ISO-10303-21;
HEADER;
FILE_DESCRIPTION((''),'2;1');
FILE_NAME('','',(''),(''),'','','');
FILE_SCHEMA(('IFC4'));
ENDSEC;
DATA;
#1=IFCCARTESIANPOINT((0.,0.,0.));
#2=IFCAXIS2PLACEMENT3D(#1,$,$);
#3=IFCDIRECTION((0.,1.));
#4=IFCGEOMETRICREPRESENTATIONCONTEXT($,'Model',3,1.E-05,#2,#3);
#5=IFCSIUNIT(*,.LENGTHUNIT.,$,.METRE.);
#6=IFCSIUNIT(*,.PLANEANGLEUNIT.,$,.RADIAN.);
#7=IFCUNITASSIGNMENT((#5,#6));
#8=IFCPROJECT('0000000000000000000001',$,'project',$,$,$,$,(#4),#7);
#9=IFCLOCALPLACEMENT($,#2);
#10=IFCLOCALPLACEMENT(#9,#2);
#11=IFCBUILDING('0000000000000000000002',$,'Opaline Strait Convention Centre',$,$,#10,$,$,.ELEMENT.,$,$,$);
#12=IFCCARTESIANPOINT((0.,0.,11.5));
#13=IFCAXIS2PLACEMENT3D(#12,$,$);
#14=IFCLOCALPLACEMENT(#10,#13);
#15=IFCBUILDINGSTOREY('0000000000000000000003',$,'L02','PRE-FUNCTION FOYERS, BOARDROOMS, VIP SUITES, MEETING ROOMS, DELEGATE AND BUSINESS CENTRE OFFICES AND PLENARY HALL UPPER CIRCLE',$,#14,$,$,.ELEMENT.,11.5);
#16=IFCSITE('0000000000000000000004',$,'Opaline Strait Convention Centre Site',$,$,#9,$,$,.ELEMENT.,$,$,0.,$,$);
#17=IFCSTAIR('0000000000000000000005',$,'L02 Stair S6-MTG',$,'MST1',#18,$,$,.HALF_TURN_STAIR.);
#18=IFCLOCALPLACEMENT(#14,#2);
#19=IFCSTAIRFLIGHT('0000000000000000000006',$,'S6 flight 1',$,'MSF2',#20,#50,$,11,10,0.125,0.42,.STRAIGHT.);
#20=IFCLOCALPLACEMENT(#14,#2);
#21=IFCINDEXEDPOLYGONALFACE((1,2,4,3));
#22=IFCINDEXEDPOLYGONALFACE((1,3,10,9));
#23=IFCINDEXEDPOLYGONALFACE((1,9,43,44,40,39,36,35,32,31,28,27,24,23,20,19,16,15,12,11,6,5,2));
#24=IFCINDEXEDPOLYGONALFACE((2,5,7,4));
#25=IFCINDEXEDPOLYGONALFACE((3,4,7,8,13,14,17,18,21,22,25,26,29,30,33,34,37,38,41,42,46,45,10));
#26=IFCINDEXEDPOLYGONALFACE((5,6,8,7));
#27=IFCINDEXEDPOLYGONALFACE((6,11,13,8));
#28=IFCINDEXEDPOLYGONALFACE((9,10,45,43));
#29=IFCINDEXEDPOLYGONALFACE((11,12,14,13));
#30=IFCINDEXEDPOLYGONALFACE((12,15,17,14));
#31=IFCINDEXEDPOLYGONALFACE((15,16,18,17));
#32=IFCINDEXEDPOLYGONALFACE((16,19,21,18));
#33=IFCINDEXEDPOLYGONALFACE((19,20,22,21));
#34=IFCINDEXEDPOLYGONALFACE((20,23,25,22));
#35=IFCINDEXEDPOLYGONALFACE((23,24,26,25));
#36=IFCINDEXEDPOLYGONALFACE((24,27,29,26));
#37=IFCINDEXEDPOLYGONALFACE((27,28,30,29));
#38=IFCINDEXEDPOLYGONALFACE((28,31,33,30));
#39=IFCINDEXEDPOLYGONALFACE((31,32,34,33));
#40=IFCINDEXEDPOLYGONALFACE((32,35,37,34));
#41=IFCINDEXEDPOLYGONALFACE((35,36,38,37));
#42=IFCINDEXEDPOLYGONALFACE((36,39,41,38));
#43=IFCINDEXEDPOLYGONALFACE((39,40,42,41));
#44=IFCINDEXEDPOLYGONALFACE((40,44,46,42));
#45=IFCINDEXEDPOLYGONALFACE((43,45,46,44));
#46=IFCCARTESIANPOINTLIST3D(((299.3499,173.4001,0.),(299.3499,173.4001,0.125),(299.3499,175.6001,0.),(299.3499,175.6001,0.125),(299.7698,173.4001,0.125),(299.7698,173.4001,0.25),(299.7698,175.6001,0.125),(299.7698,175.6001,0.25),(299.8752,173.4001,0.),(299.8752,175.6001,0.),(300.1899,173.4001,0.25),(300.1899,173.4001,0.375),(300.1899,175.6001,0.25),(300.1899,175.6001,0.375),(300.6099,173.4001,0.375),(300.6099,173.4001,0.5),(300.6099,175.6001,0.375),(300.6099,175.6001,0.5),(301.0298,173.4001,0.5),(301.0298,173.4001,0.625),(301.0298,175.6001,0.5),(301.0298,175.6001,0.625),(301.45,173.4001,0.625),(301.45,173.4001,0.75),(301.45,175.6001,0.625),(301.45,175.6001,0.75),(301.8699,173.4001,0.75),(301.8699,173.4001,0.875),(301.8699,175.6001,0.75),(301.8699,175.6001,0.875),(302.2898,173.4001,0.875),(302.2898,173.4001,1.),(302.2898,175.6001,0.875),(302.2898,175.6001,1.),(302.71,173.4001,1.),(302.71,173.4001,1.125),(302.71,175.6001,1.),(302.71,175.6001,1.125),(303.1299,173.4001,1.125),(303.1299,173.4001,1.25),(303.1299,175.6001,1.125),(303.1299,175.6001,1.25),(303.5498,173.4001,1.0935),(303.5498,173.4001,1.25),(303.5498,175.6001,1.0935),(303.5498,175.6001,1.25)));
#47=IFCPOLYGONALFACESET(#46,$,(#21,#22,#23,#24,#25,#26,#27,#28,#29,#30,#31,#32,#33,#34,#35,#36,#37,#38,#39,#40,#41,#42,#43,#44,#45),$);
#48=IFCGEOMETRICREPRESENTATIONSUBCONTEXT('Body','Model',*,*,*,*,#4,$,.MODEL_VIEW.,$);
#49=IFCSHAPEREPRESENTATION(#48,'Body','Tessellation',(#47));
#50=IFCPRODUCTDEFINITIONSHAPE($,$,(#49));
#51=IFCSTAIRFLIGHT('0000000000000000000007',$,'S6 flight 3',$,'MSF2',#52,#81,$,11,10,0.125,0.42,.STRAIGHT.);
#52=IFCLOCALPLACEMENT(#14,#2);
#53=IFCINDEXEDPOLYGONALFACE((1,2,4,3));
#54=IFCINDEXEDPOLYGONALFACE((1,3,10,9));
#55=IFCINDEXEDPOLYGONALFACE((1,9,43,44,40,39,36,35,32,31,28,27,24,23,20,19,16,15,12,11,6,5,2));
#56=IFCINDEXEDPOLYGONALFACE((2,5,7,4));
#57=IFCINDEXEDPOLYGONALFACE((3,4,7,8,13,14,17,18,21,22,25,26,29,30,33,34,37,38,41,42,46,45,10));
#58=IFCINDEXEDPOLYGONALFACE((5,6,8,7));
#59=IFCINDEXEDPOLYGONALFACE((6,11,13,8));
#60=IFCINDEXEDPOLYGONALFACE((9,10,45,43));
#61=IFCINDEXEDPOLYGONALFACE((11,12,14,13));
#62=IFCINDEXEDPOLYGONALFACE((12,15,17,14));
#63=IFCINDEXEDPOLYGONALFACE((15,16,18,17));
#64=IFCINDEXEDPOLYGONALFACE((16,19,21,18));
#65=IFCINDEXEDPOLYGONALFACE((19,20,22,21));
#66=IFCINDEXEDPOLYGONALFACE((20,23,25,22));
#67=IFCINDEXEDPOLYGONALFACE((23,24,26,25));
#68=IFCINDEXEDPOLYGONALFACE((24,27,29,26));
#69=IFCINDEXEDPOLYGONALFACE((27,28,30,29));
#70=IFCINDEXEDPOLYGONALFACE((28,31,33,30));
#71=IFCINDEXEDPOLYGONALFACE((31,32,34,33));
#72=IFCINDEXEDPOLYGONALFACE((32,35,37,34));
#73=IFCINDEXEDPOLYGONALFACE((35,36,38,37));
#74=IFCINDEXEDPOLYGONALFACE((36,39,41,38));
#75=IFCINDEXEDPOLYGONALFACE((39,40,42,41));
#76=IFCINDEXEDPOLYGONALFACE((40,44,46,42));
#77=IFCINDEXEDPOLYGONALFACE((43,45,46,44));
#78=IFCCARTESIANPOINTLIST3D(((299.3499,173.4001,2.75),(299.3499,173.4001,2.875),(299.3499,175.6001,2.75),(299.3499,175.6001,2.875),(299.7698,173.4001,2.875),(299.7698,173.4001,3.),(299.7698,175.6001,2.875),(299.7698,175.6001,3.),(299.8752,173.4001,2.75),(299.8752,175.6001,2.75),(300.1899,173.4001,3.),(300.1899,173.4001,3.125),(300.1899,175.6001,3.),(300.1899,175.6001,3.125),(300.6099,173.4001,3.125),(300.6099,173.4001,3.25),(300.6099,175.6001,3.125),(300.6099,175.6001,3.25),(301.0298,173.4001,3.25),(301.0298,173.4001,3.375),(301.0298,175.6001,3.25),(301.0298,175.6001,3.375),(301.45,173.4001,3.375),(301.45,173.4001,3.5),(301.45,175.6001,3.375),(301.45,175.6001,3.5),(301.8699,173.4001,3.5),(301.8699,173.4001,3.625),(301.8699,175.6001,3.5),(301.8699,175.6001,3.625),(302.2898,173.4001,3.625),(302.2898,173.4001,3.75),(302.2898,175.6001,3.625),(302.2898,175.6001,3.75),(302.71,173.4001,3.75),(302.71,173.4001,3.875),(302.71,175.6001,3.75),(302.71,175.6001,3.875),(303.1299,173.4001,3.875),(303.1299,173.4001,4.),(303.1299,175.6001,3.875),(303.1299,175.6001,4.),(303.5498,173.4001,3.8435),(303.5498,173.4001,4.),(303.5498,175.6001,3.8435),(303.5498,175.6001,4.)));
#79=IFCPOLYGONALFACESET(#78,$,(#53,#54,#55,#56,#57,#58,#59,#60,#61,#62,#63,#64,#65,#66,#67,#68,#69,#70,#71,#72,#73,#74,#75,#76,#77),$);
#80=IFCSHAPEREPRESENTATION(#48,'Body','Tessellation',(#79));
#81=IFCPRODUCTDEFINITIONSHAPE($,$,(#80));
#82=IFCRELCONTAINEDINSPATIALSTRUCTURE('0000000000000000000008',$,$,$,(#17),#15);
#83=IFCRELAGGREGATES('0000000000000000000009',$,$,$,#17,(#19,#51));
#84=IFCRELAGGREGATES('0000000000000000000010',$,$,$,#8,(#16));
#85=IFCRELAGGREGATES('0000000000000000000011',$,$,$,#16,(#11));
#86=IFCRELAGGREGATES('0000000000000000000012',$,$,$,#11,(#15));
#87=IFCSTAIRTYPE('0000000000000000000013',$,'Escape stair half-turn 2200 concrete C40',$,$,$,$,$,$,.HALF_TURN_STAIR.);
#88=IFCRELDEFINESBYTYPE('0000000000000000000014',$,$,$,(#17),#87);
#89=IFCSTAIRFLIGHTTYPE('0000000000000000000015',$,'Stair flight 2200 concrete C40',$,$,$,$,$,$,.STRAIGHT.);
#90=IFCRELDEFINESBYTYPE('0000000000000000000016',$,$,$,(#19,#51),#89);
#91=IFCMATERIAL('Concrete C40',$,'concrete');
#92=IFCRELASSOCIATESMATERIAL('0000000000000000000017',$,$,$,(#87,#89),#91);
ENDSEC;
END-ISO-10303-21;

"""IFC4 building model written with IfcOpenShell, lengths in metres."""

from ifc_helpers import new_model, si_unit, direction, frame, origin, place, context, subcontext, project, spatial, polyline, outline, extrude, material, type_object, element, aggregate, save


model = new_model("IFC4")

# Units and contexts
model_context = context("Model", 3, precision=1e-05, world=origin(), true_north=direction((0.0, 1.0)))
body_context = subcontext(model_context, "Body", "Model", "MODEL_VIEW")
ifc_project = project(units=[si_unit("LENGTHUNIT", "METRE"), si_unit("PLANEANGLEUNIT", "RADIAN")], contexts=[model_context])

# Site, building, storey
site_placement = place(None, origin())
site = spatial("IfcSite", under=ifc_project, at=site_placement, Name="Opaline Strait Convention Centre Site", CompositionType="ELEMENT", RefElevation=0.0)
building_placement = place(site_placement, origin())
building = spatial("IfcBuilding", under=site, at=building_placement, Name="Opaline Strait Convention Centre", CompositionType="ELEMENT")
storey_placement = place(building_placement, frame((0.0, 0.0, 11.5)))
storey = spatial("IfcBuildingStorey", under=building, at=storey_placement, Name="L02", Description="PRE-FUNCTION FOYERS, BOARDROOMS, VIP SUITES, MEETING ROOMS, DELEGATE AND BUSINESS CENTRE OFFICES AND PLENARY HALL UPPER CIRCLE", CompositionType="ELEMENT", Elevation=11.5)

# Shared definitions
ifc_material_1 = material(Name="Concrete C40", Category="concrete")

# Stair, stair flights
stair_type = type_object("IfcStairType", Name="Escape stair half-turn 2200 concrete C40", PredefinedType="HALF_TURN_STAIR", material=ifc_material_1)
stair_placement = place(storey_placement, origin())
stair = element("IfcStair", 1, at=stair_placement, inside=storey, type_object=stair_type, Name="L02 Stair S6-MTG", ObjectType="MST1", PredefinedType="HALF_TURN_STAIR")
stair_flight_type = type_object("IfcStairFlightType", Name="Stair flight 2200 concrete C40", PredefinedType="STRAIGHT", material=ifc_material_1)
stair_flight_1_placement = place(storey_placement, frame((299.3499, 174.5, 0.0), z_axis=(0.0, 0.0, 1.0), x_axis=(1.0, 0.0, 0.0)))
stair_flight_1 = element("IfcStairFlight", 2, at=stair_flight_1_placement, type_object=stair_flight_type, Name="S6 flight 1", ObjectType="MSF2", NumberOfRisers=11, NumberOfTreads=10, PredefinedType="STRAIGHT", RiserHeight=0.125, TreadLength=0.42, context=body_context, shape_type="SweptSolid", body=[
    extrude(outline(polyline([(0.0, 0.0), (0.0, 0.125), (0.4199, 0.125), (0.4199, 0.25), (0.8401, 0.25), (0.8401, 0.375), (1.26, 0.375), (1.26, 0.5), (1.6799, 0.5), (1.6799, 0.625), (2.1001, 0.625), (2.1001, 0.75), (2.52, 0.75), (2.52, 0.875), (2.9399, 0.875), (2.9399, 1.0), (3.3601, 1.0), (3.3601, 1.125), (3.78, 1.125), (3.78, 1.25), (4.2, 1.25), (4.2, 1.375), (4.2, 1.0935), (0.5254, 0.0), (0.0, 0.0)])), frame((0.0, 1.1001, 0.0), z_axis=(0.0, -1.0, 0.0), x_axis=(1.0, 0.0, 0.0)), (0.0, 0.0, 1.0), 2.2),
])
stair_flight_2_placement = place(storey_placement, frame((299.3499, 174.5, 2.75), z_axis=(0.0, 0.0, 1.0), x_axis=(1.0, 0.0, 0.0)))
stair_flight_2 = element("IfcStairFlight", 3, at=stair_flight_2_placement, type_object=stair_flight_type, Name="S6 flight 3", ObjectType="MSF2", NumberOfRisers=11, NumberOfTreads=10, PredefinedType="STRAIGHT", RiserHeight=0.125, TreadLength=0.42, context=body_context, shape_type="SweptSolid", body=[
    extrude(outline(polyline([(0.0, 0.0), (0.0, 0.125), (0.4199, 0.125), (0.4199, 0.25), (0.8401, 0.25), (0.8401, 0.375), (1.26, 0.375), (1.26, 0.5), (1.6799, 0.5), (1.6799, 0.625), (2.1001, 0.625), (2.1001, 0.75), (2.52, 0.75), (2.52, 0.875), (2.9399, 0.875), (2.9399, 1.0), (3.3601, 1.0), (3.3601, 1.125), (3.78, 1.125), (3.78, 1.25), (4.2, 1.25), (4.2, 1.375), (4.2, 1.0935), (0.5254, 0.0), (0.0, 0.0)])), frame((0.0, 1.1001, 0.0), z_axis=(0.0, -1.0, 0.0), x_axis=(1.0, 0.0, 0.0)), (0.0, 0.0, 1.0), 2.2),
])
aggregate(stair, [stair_flight_1, stair_flight_2])

save(model, "model.ifc")
